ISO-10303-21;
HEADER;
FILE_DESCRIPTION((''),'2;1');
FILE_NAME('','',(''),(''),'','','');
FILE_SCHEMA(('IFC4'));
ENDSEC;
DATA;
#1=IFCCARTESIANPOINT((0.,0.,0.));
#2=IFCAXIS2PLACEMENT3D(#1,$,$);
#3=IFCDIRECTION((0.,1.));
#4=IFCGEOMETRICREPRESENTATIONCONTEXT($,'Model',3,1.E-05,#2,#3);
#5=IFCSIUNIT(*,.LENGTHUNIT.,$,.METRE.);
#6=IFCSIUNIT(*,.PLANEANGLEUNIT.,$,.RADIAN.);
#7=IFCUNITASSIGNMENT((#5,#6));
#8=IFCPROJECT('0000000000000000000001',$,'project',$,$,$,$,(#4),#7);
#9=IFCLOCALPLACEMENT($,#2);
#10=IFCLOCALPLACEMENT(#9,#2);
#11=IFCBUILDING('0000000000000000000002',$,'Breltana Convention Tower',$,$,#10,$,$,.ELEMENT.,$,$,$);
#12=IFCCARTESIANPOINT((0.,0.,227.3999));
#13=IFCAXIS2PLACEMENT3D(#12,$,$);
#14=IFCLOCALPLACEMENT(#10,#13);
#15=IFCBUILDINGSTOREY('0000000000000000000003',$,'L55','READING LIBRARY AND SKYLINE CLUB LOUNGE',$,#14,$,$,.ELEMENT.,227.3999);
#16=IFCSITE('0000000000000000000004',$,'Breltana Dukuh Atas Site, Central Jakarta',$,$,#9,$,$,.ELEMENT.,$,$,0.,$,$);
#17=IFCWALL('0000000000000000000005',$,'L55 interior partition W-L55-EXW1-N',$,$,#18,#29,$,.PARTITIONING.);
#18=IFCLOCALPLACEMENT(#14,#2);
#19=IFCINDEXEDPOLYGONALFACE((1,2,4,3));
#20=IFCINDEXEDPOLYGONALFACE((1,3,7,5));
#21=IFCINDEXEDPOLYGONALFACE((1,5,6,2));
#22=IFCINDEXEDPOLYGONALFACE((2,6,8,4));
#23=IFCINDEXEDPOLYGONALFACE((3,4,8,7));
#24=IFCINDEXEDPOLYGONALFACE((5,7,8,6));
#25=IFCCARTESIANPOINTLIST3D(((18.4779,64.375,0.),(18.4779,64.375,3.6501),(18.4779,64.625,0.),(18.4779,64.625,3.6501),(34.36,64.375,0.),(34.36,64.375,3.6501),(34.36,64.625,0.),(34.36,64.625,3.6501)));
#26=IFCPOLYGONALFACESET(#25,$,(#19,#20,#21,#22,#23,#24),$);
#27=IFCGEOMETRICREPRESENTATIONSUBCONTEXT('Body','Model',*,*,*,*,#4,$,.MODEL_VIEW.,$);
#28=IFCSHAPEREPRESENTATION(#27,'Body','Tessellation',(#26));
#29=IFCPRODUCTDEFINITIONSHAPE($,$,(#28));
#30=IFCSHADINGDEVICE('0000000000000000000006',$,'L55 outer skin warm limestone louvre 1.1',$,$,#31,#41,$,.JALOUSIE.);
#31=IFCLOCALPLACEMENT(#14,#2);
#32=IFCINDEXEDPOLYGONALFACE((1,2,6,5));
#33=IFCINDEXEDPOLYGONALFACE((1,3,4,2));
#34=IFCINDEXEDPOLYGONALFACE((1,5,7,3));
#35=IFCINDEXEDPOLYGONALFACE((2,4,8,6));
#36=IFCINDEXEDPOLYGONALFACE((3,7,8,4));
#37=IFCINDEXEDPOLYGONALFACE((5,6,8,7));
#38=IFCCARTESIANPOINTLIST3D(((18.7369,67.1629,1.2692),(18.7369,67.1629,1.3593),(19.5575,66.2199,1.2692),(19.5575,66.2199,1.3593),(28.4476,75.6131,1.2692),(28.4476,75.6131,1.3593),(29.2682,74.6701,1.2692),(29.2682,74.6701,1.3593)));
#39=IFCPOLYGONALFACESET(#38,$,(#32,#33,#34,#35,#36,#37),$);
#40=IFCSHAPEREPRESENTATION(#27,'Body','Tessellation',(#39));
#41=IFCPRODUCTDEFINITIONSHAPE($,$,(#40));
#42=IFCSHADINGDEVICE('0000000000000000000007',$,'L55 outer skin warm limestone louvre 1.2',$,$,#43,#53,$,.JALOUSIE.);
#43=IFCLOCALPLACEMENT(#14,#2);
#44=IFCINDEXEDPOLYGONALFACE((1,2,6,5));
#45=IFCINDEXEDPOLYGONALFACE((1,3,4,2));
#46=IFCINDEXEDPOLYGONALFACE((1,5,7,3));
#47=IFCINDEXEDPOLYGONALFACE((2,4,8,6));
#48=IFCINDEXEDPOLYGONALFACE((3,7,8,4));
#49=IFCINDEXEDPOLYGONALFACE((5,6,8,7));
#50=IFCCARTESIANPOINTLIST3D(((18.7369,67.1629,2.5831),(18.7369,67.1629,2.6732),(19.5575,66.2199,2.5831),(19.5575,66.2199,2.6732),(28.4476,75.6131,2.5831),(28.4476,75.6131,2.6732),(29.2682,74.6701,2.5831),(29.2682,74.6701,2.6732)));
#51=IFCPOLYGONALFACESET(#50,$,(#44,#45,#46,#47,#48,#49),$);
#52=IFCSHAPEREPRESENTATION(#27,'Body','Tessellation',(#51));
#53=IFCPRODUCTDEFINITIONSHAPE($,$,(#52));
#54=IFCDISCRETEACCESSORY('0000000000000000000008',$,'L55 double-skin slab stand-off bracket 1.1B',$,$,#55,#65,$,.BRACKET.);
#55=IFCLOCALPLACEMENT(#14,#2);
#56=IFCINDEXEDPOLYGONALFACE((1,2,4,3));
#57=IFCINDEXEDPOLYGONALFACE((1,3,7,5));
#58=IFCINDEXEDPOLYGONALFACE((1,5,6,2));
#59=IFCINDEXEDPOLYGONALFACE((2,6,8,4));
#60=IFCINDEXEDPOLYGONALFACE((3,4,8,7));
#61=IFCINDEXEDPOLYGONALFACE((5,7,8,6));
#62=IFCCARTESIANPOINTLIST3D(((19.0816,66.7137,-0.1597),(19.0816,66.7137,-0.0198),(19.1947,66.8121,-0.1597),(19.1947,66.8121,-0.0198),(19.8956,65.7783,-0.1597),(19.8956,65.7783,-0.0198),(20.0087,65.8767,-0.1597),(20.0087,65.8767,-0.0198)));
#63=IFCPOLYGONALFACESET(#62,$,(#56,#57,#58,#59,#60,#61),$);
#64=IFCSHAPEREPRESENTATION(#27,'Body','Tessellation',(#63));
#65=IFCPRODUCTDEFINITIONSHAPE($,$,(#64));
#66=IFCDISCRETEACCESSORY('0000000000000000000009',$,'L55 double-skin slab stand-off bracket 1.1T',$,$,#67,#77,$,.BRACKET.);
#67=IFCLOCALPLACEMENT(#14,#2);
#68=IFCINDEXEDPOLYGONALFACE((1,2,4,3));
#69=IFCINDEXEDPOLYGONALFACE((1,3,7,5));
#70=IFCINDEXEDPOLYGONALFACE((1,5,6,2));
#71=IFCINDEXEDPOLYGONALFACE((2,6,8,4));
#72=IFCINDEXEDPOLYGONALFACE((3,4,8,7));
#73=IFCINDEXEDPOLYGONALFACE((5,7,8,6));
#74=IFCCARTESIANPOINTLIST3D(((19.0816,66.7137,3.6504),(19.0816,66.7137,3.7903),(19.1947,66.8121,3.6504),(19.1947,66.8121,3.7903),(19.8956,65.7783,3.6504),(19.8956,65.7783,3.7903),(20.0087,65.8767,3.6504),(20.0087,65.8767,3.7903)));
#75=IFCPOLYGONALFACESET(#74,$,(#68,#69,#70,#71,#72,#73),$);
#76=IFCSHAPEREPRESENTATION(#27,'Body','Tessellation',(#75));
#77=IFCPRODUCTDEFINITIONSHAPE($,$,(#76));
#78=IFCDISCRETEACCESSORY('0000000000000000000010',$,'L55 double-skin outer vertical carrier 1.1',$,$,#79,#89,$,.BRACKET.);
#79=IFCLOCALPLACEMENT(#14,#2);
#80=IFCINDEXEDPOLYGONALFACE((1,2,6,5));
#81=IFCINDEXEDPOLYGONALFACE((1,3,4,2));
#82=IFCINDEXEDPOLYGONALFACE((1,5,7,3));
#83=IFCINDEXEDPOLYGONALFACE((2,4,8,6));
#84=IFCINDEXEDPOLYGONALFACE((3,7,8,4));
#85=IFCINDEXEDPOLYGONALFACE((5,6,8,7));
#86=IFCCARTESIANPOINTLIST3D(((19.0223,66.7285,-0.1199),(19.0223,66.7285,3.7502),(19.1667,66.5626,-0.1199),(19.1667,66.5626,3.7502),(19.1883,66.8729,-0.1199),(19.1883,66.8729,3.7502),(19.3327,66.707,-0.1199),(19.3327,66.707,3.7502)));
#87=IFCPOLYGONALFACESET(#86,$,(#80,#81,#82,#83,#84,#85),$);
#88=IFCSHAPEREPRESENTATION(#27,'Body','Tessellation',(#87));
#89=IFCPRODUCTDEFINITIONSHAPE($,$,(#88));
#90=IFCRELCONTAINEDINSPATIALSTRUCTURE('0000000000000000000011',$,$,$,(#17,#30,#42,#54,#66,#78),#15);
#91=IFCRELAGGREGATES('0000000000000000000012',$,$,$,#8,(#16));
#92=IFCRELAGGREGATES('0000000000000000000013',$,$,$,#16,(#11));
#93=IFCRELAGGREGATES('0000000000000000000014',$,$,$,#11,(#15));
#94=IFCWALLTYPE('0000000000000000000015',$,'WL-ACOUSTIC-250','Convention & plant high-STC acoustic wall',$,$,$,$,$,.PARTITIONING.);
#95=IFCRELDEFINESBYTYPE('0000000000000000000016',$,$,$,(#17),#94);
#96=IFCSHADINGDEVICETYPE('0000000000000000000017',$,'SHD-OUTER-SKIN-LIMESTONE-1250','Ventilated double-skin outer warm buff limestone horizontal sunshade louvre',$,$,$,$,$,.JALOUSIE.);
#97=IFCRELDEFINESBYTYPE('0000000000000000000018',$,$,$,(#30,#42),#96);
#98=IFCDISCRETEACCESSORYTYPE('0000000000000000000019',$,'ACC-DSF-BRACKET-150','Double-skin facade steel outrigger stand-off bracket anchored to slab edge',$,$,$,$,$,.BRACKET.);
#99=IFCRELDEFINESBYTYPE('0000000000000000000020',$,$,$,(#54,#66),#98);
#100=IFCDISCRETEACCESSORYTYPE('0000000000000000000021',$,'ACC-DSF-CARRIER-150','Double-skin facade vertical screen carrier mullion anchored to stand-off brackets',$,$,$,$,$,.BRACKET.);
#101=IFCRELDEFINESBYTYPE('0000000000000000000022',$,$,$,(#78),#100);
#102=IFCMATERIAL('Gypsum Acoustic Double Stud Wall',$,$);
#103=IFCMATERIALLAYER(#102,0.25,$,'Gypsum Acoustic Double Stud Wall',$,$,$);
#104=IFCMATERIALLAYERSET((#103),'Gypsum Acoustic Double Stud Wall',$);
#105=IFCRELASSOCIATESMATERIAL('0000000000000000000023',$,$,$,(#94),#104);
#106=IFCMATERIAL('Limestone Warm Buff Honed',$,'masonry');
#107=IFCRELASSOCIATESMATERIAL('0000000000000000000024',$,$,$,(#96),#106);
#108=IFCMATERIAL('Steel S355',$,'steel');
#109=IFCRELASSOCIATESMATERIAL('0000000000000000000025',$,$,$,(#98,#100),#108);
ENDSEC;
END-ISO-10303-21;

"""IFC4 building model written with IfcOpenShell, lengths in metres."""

from ifc_helpers import new_model, si_unit, direction, frame, frame_2d, origin, origin_2d, place, context, subcontext, project, spatial, rectangle, extrude, source, transform, mapped, material, layer, layer_set, material_profile, profile_set, type_object, type_shapes, element, save


model = new_model("IFC4")

# Units and contexts
model_context = context("Model", 3, precision=1e-05, world=origin(), true_north=direction((0.0, 1.0)))
body_context = subcontext(model_context, "Body", "Model", "MODEL_VIEW")
ifc_project = project(units=[si_unit("LENGTHUNIT", "METRE"), si_unit("PLANEANGLEUNIT", "RADIAN")], contexts=[model_context])

# Site, building, storey
site_placement = place(None, origin())
site = spatial("IfcSite", under=ifc_project, at=site_placement, Name="Breltana Dukuh Atas Site, Central Jakarta", CompositionType="ELEMENT", RefElevation=0.0)
building_placement = place(site_placement, origin())
building = spatial("IfcBuilding", under=site, at=building_placement, Name="Breltana Convention Tower", CompositionType="ELEMENT")
storey_placement = place(building_placement, frame((0.0, 0.0, 227.3999)))
storey = spatial("IfcBuildingStorey", under=building, at=storey_placement, Name="L55", Description="READING LIBRARY AND SKYLINE CLUB LOUNGE", CompositionType="ELEMENT", Elevation=227.3999)

# Wall
ifc_material_1 = material(Name="Gypsum Acoustic Double Stud Wall")
ifc_layer_1 = layer(ifc_material_1, 0.25, Name="Gypsum Acoustic Double Stud Wall")
ifc_layer_set_1 = layer_set([ifc_layer_1], Name="Gypsum Acoustic Double Stud Wall")
wall_type_1 = type_object("IfcWallType", Name="WL-ACOUSTIC-250", Description="Convention & plant high-STC acoustic wall", PredefinedType="PARTITIONING", material=ifc_layer_set_1)
shared_shape_1 = source(origin(), body_context, "Body", "SweptSolid", [
    extrude(rectangle(XDim=15.8821, YDim=0.25, at=frame_2d((7.9409, 0.0))), origin(), (0.0, 0.0, 1.0), 3.6501),
])
wall_1_placement = place(storey_placement, frame((18.478, 64.5, 0.0), z_axis=(0.0, 0.0, 1.0), x_axis=(1.0, 0.0, 0.0)))
element("IfcWall", 1, at=wall_1_placement, inside=storey, type_object=wall_type_1, Name="L55 interior partition W-L55-EXW1-N", PredefinedType="PARTITIONING", context=body_context, shape_type="MappedRepresentation", body=[
    mapped(shared_shape_1, transform((0.0, 0.0, 0.0), scale=1.0)),
])

# Shading devices
ifc_material_2 = material(Name="Limestone Warm Buff Honed", Category="masonry")
ifc_material_profile_1 = material_profile(ifc_material_2, rectangle(XDim=1.25, YDim=0.0901, at=origin_2d()), Name="STN-LVR-1250X90")
ifc_profile_set_1 = profile_set([ifc_material_profile_1], Name="Limestone Warm Buff Honed")
shading_device_type = type_object("IfcShadingDeviceType", Name="SHD-OUTER-SKIN-LIMESTONE-1250", Description="Ventilated double-skin outer warm buff limestone horizontal sunshade louvre", PredefinedType="JALOUSIE", material=ifc_profile_set_1)
shared_shape_2 = source(origin(), body_context, "Body", "SweptSolid", [
    extrude(rectangle(XDim=1.25, YDim=0.0901, at=origin_2d()), origin(), (0.0, 0.0, 1.0), 12.8726),
])
for number, where, z_axis, x_axis, name in (
    (2, (19.1472, 66.6914, 1.3142), (0.75437, 0.656449, 0.0), (-0.656449, 0.75437, 0.0), "L55 outer skin warm limestone louvre 1.1"),
    (3, (19.1472, 66.6914, 2.6282), (0.75437, 0.656449, 0.0), (-0.656449, 0.75437, 0.0), "L55 outer skin warm limestone louvre 1.2"),
):
    element("IfcShadingDevice", number, at=place(storey_placement, frame(where, z_axis=z_axis, x_axis=x_axis)), inside=storey, type_object=shading_device_type, Name=name, PredefinedType="JALOUSIE", context=body_context, shape_type="MappedRepresentation", body=[
        mapped(shared_shape_2, transform((0.0, 0.0, 0.0), scale=1.0)),
    ])

# Discrete accessories
ifc_material_3 = material(Name="Steel S355", Category="steel")
discrete_accessory_type_1 = type_object("IfcDiscreteAccessoryType", Name="ACC-DSF-BRACKET-150", Description="Double-skin facade steel outrigger stand-off bracket anchored to slab edge", PredefinedType="BRACKET", material=ifc_material_3)
shared_shape_3 = source(origin(), body_context, "Body", "SweptSolid", [
    extrude(rectangle(XDim=1.24, YDim=0.1499, at=origin_2d()), origin(), (0.0, 0.0, 1.0), 0.1399),
])
type_shapes(discrete_accessory_type_1, [shared_shape_3])
for number, where, z_axis, x_axis, name in (
    (4, (19.5452, 66.2952, -0.1597), (0.0, 0.0, 1.0), (-0.656452, 0.754368, 0.0), "L55 double-skin slab stand-off bracket 1.1B"),
    (5, (19.5452, 66.2952, 3.6504), (0.0, 0.0, 1.0), (-0.656452, 0.754368, 0.0), "L55 double-skin slab stand-off bracket 1.1T"),
):
    element("IfcDiscreteAccessory", number, at=place(storey_placement, frame(where, z_axis=z_axis, x_axis=x_axis)), inside=storey, type_object=discrete_accessory_type_1, Name=name, PredefinedType="BRACKET", context=body_context, shape_type="MappedRepresentation", body=[
        mapped(shared_shape_3, transform((0.0, 0.0, 0.0), scale=1.0)),
    ])
discrete_accessory_type_2 = type_object("IfcDiscreteAccessoryType", Name="ACC-DSF-CARRIER-150", Description="Double-skin facade vertical screen carrier mullion anchored to stand-off brackets", PredefinedType="BRACKET", material=ifc_material_3)
shared_shape_4 = source(origin(), body_context, "Body", "SweptSolid", [
    extrude(rectangle(XDim=0.22, YDim=0.22, at=origin_2d()), origin(), (0.0, 0.0, 1.0), 3.8701),
])
discrete_accessory_placement = place(storey_placement, frame((19.1775, 66.7178, -0.1199), z_axis=(0.0, 0.0, 1.0), x_axis=(-0.656452, 0.754368, 0.0)))
element("IfcDiscreteAccessory", 6, at=discrete_accessory_placement, inside=storey, type_object=discrete_accessory_type_2, Name="L55 double-skin outer vertical carrier 1.1", PredefinedType="BRACKET", context=body_context, shape_type="MappedRepresentation", body=[
    mapped(shared_shape_4, transform((0.0, 0.0, 0.0), scale=1.0)),
])

save(model, "model.ifc")
